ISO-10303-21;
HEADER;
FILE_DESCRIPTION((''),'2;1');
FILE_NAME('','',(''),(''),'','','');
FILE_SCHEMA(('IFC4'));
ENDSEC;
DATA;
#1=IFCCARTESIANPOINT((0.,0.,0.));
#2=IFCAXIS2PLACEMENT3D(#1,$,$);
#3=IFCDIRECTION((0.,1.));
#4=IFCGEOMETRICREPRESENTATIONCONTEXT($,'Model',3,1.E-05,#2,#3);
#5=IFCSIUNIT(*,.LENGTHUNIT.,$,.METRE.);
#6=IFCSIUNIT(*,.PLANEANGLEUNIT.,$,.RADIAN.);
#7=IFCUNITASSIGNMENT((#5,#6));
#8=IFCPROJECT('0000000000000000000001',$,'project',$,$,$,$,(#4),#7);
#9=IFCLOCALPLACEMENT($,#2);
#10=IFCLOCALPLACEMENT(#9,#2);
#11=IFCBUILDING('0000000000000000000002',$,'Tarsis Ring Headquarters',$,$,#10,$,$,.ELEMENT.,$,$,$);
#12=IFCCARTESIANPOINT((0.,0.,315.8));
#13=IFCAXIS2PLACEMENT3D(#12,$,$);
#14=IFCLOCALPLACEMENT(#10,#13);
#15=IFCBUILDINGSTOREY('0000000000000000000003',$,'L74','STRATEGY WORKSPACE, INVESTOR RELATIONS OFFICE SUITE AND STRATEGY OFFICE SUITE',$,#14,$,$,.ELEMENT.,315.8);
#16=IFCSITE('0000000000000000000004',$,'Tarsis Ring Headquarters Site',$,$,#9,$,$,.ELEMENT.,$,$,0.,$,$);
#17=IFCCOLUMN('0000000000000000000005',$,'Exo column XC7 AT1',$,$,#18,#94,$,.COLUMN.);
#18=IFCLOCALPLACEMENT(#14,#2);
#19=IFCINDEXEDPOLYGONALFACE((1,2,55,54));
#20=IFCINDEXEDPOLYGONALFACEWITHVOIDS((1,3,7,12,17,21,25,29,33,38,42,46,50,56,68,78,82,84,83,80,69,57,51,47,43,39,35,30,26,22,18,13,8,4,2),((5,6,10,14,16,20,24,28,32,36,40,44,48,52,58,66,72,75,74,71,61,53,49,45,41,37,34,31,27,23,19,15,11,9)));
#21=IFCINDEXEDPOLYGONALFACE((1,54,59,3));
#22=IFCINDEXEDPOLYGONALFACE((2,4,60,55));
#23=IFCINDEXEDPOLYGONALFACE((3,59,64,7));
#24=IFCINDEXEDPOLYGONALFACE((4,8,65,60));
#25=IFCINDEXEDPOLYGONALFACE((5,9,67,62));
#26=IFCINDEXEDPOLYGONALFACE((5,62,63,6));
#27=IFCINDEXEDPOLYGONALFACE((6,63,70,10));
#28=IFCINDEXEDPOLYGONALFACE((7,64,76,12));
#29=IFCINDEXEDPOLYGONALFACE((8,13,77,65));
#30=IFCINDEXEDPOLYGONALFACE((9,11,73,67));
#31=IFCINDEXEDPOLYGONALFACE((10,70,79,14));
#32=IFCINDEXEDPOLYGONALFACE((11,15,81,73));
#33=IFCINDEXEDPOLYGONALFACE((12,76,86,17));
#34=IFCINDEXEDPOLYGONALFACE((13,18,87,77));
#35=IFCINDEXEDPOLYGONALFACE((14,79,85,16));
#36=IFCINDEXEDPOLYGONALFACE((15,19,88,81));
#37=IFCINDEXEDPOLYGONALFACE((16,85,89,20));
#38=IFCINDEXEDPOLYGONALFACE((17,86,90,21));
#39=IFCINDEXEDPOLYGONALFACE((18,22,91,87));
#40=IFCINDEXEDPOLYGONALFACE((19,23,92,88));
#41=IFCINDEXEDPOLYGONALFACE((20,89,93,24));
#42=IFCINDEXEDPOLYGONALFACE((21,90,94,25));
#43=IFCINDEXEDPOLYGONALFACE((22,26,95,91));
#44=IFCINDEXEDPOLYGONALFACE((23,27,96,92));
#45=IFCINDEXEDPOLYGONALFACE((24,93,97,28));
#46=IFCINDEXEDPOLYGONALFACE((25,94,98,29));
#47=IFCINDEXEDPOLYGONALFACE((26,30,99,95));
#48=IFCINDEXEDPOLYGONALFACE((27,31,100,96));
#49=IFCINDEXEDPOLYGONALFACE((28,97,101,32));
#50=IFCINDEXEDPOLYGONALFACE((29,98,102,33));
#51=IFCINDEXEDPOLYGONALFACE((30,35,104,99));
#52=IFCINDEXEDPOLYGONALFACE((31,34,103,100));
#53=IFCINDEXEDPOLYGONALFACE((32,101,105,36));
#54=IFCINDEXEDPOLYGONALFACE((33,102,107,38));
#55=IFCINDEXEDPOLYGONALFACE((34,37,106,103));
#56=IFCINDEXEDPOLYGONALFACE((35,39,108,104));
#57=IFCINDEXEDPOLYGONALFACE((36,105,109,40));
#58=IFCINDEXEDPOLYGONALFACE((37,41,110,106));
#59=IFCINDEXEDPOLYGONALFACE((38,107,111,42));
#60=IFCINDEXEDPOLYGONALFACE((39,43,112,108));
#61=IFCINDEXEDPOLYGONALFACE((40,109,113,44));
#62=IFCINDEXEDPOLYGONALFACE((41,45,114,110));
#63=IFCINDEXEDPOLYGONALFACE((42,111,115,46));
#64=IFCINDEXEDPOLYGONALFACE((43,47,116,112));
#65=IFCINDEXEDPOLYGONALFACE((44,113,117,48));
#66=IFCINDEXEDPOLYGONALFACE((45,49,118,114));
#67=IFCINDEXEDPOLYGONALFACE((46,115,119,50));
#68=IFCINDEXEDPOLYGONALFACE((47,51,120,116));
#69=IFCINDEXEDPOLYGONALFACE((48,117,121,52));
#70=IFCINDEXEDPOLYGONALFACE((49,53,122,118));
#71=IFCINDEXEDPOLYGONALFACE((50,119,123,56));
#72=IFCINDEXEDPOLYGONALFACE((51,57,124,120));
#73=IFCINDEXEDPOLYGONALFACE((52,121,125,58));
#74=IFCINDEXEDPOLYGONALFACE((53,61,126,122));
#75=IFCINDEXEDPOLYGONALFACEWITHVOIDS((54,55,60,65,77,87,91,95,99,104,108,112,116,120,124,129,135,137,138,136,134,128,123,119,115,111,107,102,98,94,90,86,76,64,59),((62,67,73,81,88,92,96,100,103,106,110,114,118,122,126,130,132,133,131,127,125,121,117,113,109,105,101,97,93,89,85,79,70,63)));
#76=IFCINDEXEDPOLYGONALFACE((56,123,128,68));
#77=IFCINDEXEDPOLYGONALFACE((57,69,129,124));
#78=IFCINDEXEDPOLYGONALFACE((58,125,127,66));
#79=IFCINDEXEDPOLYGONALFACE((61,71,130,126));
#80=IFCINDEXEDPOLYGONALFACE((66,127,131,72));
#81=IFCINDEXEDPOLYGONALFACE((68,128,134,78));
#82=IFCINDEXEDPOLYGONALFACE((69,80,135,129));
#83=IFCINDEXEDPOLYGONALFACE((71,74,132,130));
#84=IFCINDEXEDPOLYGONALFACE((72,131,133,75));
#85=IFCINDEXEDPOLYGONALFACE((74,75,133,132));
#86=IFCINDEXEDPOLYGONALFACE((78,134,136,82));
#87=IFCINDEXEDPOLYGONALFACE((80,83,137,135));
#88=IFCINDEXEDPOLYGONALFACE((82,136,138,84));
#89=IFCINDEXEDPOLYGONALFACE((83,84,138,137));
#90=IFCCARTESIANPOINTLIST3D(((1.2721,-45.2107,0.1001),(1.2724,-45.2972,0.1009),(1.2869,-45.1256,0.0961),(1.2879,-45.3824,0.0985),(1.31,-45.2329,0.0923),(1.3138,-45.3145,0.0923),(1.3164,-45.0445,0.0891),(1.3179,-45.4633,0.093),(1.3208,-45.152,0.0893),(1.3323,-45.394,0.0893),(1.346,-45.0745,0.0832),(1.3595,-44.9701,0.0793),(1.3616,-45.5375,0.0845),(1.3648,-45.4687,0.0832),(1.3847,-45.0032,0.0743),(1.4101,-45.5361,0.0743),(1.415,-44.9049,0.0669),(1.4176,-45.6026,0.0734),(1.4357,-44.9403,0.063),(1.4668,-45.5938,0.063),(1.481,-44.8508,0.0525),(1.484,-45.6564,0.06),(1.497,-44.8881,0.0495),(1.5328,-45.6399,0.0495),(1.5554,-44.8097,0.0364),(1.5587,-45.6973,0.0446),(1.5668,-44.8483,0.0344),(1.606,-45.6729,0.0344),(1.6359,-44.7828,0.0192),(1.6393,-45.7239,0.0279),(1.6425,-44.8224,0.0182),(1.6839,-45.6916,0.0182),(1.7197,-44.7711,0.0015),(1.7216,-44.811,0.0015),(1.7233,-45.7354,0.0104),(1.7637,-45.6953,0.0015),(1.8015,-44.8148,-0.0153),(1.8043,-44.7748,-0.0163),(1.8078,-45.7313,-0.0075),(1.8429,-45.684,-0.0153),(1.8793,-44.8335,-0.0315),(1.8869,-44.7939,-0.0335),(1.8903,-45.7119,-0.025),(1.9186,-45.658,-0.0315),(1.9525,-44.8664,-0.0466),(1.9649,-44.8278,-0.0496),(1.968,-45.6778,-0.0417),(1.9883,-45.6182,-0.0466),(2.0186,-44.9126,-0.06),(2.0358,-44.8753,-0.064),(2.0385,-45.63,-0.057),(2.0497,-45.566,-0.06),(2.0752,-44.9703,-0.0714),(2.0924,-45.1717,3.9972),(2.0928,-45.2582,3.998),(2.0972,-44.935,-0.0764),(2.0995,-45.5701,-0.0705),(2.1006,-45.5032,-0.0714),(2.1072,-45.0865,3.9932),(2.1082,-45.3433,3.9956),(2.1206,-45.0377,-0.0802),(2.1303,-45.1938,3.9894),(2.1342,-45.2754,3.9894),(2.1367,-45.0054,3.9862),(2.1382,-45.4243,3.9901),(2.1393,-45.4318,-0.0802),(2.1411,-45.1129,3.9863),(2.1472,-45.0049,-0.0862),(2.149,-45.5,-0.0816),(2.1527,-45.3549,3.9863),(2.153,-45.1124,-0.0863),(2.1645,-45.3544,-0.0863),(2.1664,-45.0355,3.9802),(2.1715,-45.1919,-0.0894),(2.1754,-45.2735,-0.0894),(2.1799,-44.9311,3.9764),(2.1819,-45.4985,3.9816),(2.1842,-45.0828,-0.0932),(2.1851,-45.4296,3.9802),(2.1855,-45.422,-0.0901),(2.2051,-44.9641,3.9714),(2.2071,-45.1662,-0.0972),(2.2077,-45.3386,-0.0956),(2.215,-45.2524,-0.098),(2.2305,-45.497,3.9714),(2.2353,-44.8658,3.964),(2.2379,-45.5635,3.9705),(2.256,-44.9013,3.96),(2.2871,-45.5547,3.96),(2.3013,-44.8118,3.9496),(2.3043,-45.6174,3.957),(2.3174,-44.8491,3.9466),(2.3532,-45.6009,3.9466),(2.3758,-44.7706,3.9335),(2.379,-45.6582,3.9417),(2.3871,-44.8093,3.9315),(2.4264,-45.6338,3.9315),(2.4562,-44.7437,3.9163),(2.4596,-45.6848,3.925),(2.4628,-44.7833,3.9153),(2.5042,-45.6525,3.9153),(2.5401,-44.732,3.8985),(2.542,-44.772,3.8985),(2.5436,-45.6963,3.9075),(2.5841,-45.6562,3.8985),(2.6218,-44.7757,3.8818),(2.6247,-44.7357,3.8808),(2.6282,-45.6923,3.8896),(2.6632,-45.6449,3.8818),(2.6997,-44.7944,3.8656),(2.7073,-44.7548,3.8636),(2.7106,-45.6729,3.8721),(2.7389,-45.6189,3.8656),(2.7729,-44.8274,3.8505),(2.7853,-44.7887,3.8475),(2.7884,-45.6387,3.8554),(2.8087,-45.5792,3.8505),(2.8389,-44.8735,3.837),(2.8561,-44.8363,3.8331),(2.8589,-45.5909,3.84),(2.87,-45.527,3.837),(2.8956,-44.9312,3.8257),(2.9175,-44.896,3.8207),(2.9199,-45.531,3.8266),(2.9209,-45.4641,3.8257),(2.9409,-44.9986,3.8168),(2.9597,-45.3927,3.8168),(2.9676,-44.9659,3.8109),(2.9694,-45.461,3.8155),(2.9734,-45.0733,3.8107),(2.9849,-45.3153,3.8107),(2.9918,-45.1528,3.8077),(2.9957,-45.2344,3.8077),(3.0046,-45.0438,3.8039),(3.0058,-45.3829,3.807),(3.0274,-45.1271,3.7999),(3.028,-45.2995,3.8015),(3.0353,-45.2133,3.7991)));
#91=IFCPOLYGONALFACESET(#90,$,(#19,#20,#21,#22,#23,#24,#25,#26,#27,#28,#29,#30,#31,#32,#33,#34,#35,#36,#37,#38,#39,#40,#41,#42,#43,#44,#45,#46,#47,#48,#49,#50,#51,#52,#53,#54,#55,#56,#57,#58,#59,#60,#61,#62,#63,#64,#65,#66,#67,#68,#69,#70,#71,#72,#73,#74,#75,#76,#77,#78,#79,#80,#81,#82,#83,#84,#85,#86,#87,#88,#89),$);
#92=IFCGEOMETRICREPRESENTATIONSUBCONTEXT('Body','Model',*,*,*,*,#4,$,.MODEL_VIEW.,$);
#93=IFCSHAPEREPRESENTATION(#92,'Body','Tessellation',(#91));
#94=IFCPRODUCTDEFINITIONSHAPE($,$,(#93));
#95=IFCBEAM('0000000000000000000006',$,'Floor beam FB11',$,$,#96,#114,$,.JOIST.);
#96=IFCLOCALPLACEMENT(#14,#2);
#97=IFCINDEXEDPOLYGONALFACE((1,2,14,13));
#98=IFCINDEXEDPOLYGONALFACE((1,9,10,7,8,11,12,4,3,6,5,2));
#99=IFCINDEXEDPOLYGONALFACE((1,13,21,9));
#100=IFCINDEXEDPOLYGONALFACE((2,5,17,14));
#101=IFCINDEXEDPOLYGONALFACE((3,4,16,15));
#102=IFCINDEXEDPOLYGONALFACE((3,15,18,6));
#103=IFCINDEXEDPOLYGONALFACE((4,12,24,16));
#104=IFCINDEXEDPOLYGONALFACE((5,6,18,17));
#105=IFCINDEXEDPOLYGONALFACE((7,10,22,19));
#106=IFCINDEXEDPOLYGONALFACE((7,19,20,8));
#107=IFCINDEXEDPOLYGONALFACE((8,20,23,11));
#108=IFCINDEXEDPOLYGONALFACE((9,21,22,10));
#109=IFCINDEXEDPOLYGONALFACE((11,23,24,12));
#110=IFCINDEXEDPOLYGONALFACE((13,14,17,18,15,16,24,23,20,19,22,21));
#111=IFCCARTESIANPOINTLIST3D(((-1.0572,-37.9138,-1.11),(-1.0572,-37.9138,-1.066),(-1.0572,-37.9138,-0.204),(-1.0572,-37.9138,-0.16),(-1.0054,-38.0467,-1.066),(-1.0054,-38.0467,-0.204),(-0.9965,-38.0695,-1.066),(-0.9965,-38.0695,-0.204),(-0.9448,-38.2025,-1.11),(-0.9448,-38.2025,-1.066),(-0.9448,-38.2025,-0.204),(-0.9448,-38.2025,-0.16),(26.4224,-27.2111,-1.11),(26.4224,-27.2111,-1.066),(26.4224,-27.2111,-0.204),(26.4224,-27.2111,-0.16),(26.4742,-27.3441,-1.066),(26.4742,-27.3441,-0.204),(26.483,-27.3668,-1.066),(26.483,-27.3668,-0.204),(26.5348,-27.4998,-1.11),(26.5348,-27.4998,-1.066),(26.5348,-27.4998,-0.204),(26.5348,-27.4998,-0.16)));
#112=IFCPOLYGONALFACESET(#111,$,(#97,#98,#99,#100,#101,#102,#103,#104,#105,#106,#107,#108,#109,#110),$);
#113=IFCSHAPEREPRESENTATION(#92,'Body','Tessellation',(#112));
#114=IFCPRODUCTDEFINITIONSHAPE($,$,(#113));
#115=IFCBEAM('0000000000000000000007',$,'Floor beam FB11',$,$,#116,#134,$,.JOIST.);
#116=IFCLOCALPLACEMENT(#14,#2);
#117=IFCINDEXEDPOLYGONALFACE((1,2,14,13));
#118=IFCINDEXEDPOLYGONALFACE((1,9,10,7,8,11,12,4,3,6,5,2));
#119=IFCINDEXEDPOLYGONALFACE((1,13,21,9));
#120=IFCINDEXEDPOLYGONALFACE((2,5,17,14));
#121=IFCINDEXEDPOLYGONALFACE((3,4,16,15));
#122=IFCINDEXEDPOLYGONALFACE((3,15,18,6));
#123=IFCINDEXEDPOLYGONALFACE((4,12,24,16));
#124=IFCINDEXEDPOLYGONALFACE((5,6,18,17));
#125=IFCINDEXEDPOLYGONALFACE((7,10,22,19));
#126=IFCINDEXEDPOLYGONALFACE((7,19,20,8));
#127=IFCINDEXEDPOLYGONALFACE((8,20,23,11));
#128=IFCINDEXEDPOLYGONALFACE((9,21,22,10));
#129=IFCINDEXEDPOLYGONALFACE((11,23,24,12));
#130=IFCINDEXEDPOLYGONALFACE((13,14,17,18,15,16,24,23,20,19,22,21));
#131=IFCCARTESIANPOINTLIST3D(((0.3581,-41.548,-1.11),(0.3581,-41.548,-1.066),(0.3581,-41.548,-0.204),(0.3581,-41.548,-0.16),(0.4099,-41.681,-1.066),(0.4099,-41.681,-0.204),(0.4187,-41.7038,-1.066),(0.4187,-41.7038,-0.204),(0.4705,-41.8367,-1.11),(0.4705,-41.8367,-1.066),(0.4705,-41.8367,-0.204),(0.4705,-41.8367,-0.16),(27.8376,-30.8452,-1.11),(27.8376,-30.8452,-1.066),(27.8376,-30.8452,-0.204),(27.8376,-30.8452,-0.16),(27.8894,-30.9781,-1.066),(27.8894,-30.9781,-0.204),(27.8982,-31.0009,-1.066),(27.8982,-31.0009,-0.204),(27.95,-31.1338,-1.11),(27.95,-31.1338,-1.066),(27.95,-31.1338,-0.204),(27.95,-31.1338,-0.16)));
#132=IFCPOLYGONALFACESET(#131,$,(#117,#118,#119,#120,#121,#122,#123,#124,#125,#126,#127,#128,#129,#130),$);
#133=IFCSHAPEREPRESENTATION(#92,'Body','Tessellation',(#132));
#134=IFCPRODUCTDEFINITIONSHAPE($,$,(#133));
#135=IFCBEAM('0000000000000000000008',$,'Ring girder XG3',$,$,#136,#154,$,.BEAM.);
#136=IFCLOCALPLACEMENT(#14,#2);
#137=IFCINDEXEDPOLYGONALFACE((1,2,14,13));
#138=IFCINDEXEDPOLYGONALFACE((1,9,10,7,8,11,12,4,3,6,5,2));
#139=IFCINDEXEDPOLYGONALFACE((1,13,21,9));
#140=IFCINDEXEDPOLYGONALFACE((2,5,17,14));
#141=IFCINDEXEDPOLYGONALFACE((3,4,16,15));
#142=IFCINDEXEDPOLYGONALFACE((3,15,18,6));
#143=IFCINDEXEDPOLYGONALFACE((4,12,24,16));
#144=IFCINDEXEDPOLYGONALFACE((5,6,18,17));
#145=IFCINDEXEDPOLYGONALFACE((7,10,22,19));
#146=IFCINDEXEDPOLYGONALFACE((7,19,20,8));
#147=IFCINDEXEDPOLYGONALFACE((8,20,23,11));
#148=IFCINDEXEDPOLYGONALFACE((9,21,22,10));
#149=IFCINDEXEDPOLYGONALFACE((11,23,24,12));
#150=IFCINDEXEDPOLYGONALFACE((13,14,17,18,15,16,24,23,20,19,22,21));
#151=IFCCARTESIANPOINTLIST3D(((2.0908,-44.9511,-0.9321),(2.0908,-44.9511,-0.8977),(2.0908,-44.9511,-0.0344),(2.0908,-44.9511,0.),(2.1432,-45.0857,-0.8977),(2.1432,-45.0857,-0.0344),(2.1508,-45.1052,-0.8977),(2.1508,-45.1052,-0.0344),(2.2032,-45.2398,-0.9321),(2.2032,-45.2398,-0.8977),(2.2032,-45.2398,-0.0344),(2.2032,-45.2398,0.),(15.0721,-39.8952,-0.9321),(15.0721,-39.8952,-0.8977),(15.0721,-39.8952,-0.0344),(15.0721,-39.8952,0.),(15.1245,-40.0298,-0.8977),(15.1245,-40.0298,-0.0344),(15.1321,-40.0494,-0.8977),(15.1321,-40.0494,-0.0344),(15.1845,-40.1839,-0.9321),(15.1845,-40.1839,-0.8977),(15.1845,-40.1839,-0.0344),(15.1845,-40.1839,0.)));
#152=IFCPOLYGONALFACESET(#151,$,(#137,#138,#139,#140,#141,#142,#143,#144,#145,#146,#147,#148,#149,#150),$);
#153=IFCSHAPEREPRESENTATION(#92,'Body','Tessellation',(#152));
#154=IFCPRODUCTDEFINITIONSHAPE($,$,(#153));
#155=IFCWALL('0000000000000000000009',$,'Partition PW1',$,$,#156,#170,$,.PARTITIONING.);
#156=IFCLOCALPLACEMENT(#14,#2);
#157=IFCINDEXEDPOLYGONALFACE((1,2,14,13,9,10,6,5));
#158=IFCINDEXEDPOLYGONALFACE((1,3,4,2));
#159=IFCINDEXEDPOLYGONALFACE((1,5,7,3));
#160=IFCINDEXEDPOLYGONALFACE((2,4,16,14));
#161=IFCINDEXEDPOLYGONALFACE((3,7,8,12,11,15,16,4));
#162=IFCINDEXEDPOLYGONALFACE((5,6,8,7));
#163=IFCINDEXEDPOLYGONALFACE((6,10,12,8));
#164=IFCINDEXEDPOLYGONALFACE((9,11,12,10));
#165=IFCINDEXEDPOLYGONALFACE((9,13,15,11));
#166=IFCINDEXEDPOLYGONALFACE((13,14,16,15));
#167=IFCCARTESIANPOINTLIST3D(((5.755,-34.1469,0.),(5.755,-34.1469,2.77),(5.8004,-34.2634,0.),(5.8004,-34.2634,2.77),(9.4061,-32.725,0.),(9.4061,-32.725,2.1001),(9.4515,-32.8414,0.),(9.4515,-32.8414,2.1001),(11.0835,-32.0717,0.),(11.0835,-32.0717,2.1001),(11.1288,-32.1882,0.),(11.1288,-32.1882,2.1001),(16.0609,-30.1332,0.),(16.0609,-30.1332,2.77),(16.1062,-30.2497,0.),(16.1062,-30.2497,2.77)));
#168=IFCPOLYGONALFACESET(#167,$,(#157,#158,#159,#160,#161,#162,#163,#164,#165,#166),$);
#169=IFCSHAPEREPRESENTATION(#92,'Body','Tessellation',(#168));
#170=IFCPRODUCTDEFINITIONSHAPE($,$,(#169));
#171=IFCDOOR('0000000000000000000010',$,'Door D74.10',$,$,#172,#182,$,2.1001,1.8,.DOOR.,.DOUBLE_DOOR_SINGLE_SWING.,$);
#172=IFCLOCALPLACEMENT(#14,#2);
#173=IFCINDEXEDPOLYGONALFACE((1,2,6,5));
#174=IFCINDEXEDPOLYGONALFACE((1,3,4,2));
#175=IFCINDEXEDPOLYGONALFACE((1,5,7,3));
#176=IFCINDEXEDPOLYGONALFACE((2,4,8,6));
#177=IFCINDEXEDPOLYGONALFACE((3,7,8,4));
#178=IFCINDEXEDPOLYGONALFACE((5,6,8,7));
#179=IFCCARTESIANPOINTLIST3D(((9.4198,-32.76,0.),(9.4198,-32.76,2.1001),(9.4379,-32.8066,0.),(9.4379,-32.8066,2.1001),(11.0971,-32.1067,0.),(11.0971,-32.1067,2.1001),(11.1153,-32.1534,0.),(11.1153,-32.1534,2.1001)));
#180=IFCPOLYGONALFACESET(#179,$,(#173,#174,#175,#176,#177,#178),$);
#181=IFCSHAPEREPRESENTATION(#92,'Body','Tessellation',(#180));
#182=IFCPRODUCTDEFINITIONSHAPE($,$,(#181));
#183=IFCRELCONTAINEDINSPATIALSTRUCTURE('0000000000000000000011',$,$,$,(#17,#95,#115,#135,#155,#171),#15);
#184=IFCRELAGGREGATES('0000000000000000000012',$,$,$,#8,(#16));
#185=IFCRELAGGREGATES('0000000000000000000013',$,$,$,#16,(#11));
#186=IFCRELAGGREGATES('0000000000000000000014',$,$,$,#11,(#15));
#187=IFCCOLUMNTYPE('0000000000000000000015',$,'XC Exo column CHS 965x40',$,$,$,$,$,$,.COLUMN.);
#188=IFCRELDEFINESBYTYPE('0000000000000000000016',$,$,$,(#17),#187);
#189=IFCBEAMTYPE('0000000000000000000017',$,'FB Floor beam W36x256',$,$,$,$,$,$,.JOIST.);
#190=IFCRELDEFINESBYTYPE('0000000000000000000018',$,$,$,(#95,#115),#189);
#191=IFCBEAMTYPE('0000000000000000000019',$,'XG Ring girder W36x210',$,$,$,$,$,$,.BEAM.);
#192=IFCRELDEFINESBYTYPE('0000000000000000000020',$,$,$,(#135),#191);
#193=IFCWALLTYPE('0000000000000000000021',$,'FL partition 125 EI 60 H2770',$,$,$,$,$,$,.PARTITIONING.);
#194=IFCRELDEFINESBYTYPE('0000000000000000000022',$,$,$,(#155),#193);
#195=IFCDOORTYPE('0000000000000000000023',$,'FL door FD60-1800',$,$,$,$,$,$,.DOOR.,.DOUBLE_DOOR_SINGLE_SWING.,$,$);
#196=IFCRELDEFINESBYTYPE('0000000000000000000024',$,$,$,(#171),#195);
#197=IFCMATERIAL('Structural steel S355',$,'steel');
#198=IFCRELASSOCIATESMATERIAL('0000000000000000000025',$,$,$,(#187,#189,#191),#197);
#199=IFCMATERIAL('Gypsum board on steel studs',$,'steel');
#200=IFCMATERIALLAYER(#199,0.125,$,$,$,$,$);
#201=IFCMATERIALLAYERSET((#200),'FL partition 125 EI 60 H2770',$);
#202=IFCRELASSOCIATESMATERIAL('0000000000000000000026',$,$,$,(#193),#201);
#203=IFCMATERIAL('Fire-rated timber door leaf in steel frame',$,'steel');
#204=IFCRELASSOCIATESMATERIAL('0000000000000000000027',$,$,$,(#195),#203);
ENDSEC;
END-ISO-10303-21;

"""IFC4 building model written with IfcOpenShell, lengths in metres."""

from ifc_helpers import new_model, si_unit, direction, frame, frame_2d, origin, origin_2d, place, context, subcontext, project, spatial, rectangle, hollow_circle, i_section, extrude, material, layer, layer_set, material_profile, profile_set, type_object, element, fill, save


model = new_model("IFC4")

# Units and contexts
model_context = context("Model", 3, precision=1e-05, world=origin(), true_north=direction((0.0, 1.0)))
body_context = subcontext(model_context, "Body", "Model", "MODEL_VIEW")
ifc_project = project(units=[si_unit("LENGTHUNIT", "METRE"), si_unit("PLANEANGLEUNIT", "RADIAN")], contexts=[model_context])

# Site, building, storey
site_placement = place(None, origin())
site = spatial("IfcSite", under=ifc_project, at=site_placement, Name="Tarsis Ring Headquarters Site", CompositionType="ELEMENT", RefElevation=0.0)
building_placement = place(site_placement, origin())
building = spatial("IfcBuilding", under=site, at=building_placement, Name="Tarsis Ring Headquarters", CompositionType="ELEMENT")
storey_placement = place(building_placement, frame((0.0, 0.0, 315.8)))
storey = spatial("IfcBuildingStorey", under=building, at=storey_placement, Name="L74", Description="STRATEGY WORKSPACE, INVESTOR RELATIONS OFFICE SUITE AND STRATEGY OFFICE SUITE", CompositionType="ELEMENT", Elevation=315.8)

# Column
ifc_material_1 = material(Name="Structural steel S355", Category="steel")
ifc_material_profile_1 = material_profile(ifc_material_1, hollow_circle(Radius=0.4827, WallThickness=0.04, at=origin_2d()), Name="CHS 965x40")
ifc_profile_set_1 = profile_set([ifc_material_profile_1], Name="Structural steel S355")
column_type = type_object("IfcColumnType", Name="XC Exo column CHS 965x40", PredefinedType="COLUMN", material=ifc_profile_set_1)
column_placement = place(storey_placement, frame((1.7427, -45.2532, 0.0015), z_axis=(0.205976, 0.009808, 0.978508), x_axis=(-0.047565, 0.998868, 0.0)))
element("IfcColumn", 1, at=column_placement, inside=storey, type_object=column_type, Name="Exo column XC7 AT1", PredefinedType="COLUMN", context=body_context, shape_type="SweptSolid", body=[
    extrude(hollow_circle(Radius=0.4827, WallThickness=0.04, at=origin_2d()), origin(), (0.0, 0.0, 1.0), 3.9827),
])

# Beams
ifc_material_profile_2 = material_profile(ifc_material_1, i_section(OverallWidth=0.3098, OverallDepth=0.95, WebThickness=0.0244, FlangeThickness=0.0439, at=origin_2d()), Name="W36x256")
ifc_profile_set_2 = profile_set([ifc_material_profile_2], Name="Structural steel S355")
beam_type_1 = type_object("IfcBeamType", Name="FB Floor beam W36x256", PredefinedType="JOIST", material=ifc_profile_set_2)
for number, where, z_axis, x_axis, name in (
    (2, (-1.001, -38.0581, -0.635), (0.931819, 0.362922, 0.0), (-0.362922, 0.931819, 0.0), "Floor beam FB11"),
    (3, (0.4143, -41.6924, -0.635), (0.931817, 0.36293, 0.0), (-0.36293, 0.931817, 0.0), "Floor beam FB11"),
):
    element("IfcBeam", number, at=place(storey_placement, frame(where, z_axis=z_axis, x_axis=x_axis)), inside=storey, type_object=beam_type_1, Name=name, PredefinedType="JOIST", context=body_context, shape_type="SweptSolid", body=[
        extrude(i_section(OverallWidth=0.3098, OverallDepth=0.95, WebThickness=0.0244, FlangeThickness=0.0439, at=origin_2d()), origin(), (0.0, 0.0, 1.0), 29.4902),
    ])
ifc_material_profile_3 = material_profile(ifc_material_1, i_section(OverallWidth=0.3098, OverallDepth=0.9321, WebThickness=0.021, FlangeThickness=0.0344, at=origin_2d()), Name="W36x210")
ifc_profile_set_3 = profile_set([ifc_material_profile_3], Name="Structural steel S355")
beam_type_2 = type_object("IfcBeamType", Name="XG Ring girder W36x210", PredefinedType="BEAM", material=ifc_profile_set_3)
beam_placement = place(storey_placement, frame((2.147, -45.0955, -0.4661), z_axis=(0.931821, 0.362918, 0.0), x_axis=(-0.362918, 0.931821, 0.0)))
element("IfcBeam", 4, at=beam_placement, inside=storey, type_object=beam_type_2, Name="Ring girder XG3", PredefinedType="BEAM", context=body_context, shape_type="SweptSolid", body=[
    extrude(i_section(OverallWidth=0.3098, OverallDepth=0.9321, WebThickness=0.021, FlangeThickness=0.0344, at=origin_2d()), origin(), (0.0, 0.0, 1.0), 13.9312),
])

# Wall, opening, door
ifc_material_2 = material(Name="Gypsum board on steel studs", Category="steel")
ifc_layer_1 = layer(ifc_material_2, 0.125)
ifc_layer_set_1 = layer_set([ifc_layer_1], Name="FL partition 125 EI 60 H2770")
wall_type_1 = type_object("IfcWallType", Name="FL partition 125 EI 60 H2770", PredefinedType="PARTITIONING", material=ifc_layer_set_1)
wall_1_placement = place(storey_placement, frame((5.7778, -34.2051, 0.0), z_axis=(0.0, 0.0, 1.0), x_axis=(0.931827, 0.362903, 0.0)))
wall_1 = element("IfcWall", 5, at=wall_1_placement, inside=storey, type_object=wall_type_1, Name="Partition PW1", PredefinedType="PARTITIONING", context=body_context, shape_type="SweptSolid", body=[
    extrude(rectangle(XDim=11.0598, YDim=0.125, at=frame_2d((5.5298, 0.0))), origin(), (0.0, 0.0, 1.0), 2.77),
])
opening_placement = place(wall_1_placement, frame((3.9182, 0.0, 0.0)))
opening = element("IfcOpeningElement", 6, at=opening_placement, cuts=wall_1, PredefinedType="OPENING", context=body_context, shape_type="SweptSolid", body=[
    extrude(rectangle(XDim=1.8, YDim=2.1001, at=frame_2d((0.8999, 1.05))), frame((0.0, 0.0725, 0.0), z_axis=(0.0, -1.0, 0.0), x_axis=(1.0, 0.0, 0.0)), (0.0, 0.0, 1.0), 0.145),
])
ifc_material_3 = material(Name="Fire-rated timber door leaf in steel frame", Category="steel")
door_type = type_object("IfcDoorType", Name="FL door FD60-1800", OperationType="DOUBLE_DOOR_SINGLE_SWING", PredefinedType="DOOR", material=ifc_material_3)
door_placement = place(opening_placement, origin())
door = element("IfcDoor", 7, at=door_placement, inside=storey, type_object=door_type, Name="Door D74.10", OperationType="DOUBLE_DOOR_SINGLE_SWING", OverallHeight=2.1001, OverallWidth=1.8, PredefinedType="DOOR", context=body_context, shape_type="SweptSolid", body=[
    extrude(rectangle(XDim=1.8, YDim=2.1001, at=frame_2d((0.8999, 1.05))), frame((0.0, 0.0249, 0.0), z_axis=(0.0, -1.0, 0.0), x_axis=(1.0, 0.0, 0.0)), (0.0, 0.0, 1.0), 0.05),
])
fill(opening, door)

save(model, "model.ifc")
